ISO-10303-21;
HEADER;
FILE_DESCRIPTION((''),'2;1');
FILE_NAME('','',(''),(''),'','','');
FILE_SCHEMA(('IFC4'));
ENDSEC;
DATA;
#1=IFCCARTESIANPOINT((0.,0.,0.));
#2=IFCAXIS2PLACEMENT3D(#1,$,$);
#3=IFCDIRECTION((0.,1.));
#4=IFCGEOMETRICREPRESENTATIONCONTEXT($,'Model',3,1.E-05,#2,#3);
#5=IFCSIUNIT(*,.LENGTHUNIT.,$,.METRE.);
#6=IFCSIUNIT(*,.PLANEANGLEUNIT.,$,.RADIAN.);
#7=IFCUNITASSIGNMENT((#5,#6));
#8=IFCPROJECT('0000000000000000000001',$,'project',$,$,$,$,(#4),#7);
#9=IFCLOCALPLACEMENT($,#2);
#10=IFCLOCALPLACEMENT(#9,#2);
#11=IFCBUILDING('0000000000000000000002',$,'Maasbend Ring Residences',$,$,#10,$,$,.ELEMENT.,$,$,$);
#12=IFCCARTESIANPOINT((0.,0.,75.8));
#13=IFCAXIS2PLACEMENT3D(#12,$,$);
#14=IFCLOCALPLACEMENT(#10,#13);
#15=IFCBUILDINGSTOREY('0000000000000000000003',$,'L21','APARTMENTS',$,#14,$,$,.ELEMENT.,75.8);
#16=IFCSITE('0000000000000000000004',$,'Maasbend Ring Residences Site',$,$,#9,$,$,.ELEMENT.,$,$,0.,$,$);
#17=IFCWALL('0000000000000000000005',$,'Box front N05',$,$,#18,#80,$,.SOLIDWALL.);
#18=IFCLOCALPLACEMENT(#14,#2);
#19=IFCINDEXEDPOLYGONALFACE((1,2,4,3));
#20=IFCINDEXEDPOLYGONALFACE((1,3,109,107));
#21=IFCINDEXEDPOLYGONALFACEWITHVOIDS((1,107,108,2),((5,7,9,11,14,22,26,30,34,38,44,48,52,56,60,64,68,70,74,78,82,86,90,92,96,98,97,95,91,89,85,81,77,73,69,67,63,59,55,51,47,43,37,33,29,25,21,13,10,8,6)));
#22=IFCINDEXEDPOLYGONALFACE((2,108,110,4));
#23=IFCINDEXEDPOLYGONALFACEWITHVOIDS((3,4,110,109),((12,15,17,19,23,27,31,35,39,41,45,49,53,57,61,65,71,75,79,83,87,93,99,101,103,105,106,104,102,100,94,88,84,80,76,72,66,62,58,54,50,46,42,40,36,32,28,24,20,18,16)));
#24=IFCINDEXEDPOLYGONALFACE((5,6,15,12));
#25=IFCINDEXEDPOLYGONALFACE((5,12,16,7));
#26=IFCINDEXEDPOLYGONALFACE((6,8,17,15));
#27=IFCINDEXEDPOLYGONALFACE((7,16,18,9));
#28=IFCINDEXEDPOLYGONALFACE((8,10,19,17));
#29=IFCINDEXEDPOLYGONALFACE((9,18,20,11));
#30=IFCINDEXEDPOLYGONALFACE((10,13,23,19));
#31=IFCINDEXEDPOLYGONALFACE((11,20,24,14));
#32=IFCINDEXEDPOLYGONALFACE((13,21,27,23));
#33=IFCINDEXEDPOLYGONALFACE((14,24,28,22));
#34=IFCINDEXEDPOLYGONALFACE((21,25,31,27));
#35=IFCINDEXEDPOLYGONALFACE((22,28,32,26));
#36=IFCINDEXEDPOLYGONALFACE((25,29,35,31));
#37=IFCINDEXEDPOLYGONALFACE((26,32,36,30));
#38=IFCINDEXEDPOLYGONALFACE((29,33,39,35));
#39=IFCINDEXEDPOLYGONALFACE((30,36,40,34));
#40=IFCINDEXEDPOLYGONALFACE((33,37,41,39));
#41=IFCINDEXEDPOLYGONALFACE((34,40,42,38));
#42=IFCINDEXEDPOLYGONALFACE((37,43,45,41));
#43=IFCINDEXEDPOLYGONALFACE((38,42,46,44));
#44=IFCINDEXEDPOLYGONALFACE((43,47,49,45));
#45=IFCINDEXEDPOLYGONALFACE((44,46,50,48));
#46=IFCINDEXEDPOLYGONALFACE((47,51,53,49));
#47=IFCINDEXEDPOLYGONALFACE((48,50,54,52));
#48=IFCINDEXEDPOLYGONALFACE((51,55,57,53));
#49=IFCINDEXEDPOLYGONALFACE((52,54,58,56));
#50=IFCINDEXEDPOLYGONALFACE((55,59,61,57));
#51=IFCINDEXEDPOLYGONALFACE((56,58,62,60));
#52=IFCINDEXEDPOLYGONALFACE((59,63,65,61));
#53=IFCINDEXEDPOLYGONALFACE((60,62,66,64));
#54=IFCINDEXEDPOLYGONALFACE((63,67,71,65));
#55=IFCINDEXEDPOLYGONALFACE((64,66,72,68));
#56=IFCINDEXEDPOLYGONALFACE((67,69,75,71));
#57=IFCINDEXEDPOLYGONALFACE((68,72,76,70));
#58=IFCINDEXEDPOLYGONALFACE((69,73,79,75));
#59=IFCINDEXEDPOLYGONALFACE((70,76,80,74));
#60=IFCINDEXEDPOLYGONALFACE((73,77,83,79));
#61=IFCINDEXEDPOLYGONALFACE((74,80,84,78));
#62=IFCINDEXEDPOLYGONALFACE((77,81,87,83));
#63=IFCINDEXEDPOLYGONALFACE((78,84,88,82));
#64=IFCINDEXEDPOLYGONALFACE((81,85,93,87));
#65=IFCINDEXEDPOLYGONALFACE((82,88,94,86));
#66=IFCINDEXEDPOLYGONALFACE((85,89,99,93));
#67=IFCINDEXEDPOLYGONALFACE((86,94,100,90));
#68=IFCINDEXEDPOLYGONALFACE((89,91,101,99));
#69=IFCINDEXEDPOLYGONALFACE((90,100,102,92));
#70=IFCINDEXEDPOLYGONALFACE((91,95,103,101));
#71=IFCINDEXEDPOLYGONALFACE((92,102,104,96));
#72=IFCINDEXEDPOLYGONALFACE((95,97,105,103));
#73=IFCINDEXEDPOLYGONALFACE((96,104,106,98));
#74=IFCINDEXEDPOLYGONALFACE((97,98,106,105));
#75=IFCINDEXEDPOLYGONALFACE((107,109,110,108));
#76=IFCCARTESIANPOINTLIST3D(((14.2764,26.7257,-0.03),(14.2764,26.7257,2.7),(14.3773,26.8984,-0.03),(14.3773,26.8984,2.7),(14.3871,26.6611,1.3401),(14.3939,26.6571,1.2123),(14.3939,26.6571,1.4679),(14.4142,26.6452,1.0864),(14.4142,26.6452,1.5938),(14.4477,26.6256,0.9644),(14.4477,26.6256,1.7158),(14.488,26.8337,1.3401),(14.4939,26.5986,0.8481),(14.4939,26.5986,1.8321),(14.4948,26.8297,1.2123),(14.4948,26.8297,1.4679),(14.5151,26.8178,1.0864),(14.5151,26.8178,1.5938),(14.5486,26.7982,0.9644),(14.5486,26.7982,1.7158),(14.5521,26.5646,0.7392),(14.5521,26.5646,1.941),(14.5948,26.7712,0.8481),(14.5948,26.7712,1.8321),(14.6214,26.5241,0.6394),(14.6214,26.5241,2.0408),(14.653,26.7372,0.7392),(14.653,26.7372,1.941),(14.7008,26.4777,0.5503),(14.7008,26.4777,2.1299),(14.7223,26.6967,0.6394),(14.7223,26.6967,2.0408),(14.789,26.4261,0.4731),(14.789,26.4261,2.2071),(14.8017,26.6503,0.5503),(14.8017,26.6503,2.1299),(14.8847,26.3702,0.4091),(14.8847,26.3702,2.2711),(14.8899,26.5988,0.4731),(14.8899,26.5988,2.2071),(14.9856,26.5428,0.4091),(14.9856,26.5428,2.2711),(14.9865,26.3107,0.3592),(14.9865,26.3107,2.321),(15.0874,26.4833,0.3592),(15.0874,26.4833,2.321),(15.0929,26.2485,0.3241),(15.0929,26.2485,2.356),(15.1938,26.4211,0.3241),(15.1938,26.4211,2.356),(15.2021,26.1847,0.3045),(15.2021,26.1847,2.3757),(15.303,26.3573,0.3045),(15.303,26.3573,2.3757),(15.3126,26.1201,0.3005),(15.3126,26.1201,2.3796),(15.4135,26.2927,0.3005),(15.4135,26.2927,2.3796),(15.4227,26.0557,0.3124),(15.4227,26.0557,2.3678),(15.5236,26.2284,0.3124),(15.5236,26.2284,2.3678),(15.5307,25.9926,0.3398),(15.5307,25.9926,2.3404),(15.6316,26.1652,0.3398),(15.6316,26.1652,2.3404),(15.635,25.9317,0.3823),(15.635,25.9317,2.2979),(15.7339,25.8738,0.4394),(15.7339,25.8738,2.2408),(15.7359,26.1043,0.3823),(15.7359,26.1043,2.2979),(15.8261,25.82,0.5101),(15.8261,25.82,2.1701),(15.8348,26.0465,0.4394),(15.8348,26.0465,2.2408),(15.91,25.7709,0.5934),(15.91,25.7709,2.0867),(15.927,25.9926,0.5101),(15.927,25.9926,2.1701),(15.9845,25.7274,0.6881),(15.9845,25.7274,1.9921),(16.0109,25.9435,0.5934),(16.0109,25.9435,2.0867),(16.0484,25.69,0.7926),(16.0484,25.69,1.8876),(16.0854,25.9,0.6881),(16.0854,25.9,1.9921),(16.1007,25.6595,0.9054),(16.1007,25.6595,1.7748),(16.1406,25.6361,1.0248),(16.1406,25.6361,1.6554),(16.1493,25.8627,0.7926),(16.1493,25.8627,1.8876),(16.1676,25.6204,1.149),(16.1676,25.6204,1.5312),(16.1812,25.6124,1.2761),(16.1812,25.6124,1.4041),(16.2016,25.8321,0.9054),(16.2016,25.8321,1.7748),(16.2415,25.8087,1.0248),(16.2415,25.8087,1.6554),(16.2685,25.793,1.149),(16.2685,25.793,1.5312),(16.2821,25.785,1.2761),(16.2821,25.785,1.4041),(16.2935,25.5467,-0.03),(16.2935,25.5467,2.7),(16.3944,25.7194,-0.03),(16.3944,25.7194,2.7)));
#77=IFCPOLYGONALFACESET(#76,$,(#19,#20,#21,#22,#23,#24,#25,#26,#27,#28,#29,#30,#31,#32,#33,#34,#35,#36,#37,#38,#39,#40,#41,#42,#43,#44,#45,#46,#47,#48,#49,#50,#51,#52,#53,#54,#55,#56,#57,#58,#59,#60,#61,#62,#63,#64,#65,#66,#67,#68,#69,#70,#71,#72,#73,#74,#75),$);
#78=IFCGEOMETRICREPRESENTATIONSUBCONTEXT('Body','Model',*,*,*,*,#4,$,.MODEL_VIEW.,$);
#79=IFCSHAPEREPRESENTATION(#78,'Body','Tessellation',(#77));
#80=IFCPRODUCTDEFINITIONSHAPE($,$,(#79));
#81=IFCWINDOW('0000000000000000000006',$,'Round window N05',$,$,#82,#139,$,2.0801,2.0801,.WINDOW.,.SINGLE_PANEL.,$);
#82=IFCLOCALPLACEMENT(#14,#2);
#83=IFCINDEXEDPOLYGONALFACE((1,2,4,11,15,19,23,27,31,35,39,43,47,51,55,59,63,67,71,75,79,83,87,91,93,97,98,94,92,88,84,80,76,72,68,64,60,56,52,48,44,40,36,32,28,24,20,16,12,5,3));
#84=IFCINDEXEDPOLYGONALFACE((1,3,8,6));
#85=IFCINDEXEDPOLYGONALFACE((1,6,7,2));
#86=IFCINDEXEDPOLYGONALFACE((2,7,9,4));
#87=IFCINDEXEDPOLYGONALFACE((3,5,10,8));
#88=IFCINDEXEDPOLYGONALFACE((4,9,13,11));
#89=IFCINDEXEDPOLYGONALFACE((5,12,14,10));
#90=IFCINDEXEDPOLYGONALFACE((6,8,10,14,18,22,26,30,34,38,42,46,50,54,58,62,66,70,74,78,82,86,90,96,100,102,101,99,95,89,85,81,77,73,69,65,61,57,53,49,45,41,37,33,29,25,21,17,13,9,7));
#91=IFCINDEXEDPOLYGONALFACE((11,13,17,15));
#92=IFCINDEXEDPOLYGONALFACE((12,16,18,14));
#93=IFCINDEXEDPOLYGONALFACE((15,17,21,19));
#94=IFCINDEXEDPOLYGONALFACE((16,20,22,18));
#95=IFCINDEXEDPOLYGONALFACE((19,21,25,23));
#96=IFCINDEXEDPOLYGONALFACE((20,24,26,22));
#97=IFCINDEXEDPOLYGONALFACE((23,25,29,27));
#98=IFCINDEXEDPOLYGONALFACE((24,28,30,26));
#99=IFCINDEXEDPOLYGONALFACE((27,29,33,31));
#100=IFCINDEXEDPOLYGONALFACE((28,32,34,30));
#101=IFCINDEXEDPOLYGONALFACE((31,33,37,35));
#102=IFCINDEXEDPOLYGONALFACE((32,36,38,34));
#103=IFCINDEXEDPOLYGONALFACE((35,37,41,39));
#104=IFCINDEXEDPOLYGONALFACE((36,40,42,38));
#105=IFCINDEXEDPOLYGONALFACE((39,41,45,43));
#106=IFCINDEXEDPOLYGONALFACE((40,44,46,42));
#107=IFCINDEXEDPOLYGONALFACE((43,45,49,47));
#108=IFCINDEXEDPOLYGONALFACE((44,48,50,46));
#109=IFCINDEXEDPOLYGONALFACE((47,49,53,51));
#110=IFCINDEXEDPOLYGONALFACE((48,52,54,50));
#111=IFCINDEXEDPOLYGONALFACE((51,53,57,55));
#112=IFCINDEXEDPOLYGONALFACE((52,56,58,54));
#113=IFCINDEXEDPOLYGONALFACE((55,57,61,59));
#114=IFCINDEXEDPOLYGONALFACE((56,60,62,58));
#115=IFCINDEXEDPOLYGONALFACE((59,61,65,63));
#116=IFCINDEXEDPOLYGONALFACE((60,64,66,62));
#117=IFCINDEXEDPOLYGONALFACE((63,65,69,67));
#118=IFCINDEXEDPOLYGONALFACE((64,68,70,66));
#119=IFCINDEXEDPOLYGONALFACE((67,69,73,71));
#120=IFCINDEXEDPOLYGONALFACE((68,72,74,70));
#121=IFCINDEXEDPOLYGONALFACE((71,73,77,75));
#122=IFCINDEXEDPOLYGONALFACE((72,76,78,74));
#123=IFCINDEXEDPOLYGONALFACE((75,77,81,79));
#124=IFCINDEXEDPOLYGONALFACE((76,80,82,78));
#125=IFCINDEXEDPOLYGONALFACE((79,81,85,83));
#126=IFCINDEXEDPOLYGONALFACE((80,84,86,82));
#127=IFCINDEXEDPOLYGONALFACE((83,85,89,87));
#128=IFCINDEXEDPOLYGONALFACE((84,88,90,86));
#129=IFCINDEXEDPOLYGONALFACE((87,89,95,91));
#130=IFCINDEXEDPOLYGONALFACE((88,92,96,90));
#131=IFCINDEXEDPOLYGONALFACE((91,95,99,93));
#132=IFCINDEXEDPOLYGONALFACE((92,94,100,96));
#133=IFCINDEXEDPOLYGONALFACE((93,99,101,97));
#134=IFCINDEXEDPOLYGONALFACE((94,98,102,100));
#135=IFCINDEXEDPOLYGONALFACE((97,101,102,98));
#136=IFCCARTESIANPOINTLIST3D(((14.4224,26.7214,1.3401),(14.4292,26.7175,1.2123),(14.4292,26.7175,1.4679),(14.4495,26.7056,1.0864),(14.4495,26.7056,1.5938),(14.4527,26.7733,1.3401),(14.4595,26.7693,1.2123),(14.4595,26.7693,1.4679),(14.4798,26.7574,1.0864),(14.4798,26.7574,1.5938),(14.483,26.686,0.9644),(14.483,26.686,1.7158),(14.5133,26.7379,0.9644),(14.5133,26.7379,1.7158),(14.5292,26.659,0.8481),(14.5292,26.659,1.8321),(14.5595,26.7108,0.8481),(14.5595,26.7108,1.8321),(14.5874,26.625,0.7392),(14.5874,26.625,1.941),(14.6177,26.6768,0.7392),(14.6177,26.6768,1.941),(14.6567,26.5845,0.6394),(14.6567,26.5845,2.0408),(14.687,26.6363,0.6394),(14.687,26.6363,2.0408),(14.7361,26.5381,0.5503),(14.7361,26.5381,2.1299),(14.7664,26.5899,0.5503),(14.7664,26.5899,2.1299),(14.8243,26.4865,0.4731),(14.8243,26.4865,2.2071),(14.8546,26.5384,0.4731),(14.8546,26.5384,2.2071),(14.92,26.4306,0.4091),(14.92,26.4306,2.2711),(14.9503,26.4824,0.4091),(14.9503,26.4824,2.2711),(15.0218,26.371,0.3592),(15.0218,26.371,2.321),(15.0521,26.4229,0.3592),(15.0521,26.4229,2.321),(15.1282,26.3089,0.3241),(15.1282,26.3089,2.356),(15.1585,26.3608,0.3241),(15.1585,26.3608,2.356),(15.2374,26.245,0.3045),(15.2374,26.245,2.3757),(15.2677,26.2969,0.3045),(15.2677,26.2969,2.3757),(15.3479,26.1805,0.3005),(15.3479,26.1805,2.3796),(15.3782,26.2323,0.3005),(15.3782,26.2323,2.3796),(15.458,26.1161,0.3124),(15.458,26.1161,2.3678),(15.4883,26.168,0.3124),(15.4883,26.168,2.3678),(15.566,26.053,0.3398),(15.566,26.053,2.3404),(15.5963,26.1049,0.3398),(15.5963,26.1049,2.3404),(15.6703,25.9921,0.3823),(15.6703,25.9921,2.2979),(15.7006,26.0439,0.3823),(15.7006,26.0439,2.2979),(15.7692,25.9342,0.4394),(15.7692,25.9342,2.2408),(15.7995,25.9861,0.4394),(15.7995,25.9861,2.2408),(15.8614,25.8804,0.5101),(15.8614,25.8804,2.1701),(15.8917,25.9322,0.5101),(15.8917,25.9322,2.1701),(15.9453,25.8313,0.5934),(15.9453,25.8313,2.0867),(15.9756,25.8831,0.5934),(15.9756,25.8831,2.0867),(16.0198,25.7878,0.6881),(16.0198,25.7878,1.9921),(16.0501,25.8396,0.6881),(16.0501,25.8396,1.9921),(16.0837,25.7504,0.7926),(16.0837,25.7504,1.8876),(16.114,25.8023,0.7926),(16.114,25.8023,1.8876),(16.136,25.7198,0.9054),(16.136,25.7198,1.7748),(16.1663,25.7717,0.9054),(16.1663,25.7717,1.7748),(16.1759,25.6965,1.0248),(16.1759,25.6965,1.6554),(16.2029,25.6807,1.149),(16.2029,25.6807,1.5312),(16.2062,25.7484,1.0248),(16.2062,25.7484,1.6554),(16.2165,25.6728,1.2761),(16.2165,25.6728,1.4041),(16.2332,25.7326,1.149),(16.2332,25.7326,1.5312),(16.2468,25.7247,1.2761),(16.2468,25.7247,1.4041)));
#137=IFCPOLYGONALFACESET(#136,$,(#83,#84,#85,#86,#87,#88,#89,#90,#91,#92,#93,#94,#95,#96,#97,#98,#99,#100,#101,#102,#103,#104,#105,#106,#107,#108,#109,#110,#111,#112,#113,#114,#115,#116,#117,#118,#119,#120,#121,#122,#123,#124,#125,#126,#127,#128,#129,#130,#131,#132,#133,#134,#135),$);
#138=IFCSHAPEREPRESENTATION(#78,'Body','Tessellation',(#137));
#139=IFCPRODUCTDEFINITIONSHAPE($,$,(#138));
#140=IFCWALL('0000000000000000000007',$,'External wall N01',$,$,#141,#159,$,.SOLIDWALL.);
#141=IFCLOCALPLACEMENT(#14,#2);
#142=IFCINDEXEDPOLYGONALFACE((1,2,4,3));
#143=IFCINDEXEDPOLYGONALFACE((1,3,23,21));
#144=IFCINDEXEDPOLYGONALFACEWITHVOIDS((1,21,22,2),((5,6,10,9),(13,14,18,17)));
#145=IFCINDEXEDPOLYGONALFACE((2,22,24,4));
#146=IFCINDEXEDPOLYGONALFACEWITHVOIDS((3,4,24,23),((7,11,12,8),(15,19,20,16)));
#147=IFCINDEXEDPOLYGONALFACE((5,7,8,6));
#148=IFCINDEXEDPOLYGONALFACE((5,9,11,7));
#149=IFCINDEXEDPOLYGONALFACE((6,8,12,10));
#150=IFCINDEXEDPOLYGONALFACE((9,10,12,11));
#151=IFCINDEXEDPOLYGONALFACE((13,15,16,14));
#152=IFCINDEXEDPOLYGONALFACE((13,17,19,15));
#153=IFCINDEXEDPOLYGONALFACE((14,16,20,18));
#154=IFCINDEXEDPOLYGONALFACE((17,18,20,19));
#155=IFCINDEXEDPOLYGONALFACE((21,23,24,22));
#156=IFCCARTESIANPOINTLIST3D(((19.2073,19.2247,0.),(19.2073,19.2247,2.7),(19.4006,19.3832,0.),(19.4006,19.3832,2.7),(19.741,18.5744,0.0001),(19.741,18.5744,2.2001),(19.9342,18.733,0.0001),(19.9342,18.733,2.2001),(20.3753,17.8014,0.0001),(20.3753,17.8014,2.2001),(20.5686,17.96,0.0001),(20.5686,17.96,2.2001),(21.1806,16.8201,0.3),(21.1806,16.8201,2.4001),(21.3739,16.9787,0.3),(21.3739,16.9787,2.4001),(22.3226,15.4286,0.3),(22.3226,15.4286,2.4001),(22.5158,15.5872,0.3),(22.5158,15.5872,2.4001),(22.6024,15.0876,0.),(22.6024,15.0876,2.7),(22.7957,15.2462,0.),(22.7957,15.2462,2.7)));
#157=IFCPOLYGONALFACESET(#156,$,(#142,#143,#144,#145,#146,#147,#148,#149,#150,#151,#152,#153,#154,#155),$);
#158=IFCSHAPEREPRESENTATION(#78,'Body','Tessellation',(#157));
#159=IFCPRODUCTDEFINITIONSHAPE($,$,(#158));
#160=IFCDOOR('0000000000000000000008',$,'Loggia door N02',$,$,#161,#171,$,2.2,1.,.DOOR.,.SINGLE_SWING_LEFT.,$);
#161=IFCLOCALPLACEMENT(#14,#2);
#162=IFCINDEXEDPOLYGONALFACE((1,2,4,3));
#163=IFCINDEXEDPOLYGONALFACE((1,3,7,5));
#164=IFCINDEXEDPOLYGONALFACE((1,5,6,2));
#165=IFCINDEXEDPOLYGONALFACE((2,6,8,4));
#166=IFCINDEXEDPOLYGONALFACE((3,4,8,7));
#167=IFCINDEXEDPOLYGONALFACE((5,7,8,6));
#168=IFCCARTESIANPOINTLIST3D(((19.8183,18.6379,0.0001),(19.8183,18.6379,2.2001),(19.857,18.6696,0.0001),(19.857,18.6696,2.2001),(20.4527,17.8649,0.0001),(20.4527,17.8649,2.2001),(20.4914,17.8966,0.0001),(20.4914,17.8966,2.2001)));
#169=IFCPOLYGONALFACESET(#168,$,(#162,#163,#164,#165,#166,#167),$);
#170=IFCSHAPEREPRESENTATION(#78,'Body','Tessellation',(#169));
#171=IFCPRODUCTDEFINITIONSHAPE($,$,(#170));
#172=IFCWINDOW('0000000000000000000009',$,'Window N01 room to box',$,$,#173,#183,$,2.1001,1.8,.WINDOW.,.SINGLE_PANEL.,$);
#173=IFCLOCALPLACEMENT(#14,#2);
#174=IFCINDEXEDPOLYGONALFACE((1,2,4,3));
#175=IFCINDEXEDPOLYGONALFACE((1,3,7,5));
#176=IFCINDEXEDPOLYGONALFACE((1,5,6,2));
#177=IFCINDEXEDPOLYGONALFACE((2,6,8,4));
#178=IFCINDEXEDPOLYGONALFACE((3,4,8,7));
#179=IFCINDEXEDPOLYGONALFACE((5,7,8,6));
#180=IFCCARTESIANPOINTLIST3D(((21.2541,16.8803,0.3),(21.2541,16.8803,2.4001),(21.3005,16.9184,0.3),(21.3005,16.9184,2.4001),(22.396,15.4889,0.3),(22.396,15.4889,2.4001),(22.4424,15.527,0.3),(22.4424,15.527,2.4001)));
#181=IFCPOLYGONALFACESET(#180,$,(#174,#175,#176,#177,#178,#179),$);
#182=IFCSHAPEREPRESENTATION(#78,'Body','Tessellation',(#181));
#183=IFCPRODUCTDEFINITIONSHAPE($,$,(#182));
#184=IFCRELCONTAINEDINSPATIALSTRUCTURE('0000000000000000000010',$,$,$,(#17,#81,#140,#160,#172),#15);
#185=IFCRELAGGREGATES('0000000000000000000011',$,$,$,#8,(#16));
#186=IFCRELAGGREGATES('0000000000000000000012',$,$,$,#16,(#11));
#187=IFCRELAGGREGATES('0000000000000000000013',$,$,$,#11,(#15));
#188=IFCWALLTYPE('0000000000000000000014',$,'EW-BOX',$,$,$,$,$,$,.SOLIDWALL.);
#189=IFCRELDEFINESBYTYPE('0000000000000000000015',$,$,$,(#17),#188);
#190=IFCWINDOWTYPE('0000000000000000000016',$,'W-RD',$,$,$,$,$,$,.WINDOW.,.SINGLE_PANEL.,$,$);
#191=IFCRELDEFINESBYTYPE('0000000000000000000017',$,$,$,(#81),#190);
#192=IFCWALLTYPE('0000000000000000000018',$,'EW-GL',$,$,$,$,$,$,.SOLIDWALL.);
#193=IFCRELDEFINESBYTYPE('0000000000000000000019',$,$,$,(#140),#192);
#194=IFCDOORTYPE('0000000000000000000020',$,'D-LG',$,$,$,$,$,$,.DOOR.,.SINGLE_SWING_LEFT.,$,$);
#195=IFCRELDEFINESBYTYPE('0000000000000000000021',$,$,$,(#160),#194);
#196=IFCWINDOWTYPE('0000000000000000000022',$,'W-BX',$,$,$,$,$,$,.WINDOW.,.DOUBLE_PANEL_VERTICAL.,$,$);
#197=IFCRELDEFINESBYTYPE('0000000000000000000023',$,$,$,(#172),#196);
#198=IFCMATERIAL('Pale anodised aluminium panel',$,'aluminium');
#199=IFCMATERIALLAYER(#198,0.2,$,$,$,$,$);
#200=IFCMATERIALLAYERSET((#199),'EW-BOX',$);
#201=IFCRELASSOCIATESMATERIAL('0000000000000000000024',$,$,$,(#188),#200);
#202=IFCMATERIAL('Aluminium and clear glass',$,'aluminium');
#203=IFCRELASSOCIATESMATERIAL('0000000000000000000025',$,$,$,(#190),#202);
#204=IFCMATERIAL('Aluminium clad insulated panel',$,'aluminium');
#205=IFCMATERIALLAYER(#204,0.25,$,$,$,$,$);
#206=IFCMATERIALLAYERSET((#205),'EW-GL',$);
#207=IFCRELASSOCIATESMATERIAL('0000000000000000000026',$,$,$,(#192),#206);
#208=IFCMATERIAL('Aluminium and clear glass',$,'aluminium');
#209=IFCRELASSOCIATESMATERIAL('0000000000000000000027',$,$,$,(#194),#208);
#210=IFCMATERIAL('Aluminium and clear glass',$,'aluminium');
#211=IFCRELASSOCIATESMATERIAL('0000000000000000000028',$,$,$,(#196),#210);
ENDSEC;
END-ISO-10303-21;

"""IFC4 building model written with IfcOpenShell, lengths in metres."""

from ifc_helpers import new_model, si_unit, direction, frame, frame_2d, origin, place, context, subcontext, project, spatial, rectangle, circle, extrude, material, layer, layer_set, type_object, element, fill, save


model = new_model("IFC4")

# Units and contexts
model_context = context("Model", 3, precision=1e-05, world=origin(), true_north=direction((0.0, 1.0)))
body_context = subcontext(model_context, "Body", "Model", "MODEL_VIEW")
ifc_project = project(units=[si_unit("LENGTHUNIT", "METRE"), si_unit("PLANEANGLEUNIT", "RADIAN")], contexts=[model_context])

# Site, building, storey
site_placement = place(None, origin())
site = spatial("IfcSite", under=ifc_project, at=site_placement, Name="Maasbend Ring Residences Site", CompositionType="ELEMENT", RefElevation=0.0)
building_placement = place(site_placement, origin())
building = spatial("IfcBuilding", under=site, at=building_placement, Name="Maasbend Ring Residences", CompositionType="ELEMENT")
storey_placement = place(building_placement, frame((0.0, 0.0, 75.8)))
storey = spatial("IfcBuildingStorey", under=building, at=storey_placement, Name="L21", Description="APARTMENTS", CompositionType="ELEMENT", Elevation=75.8)

# Shared definitions
ifc_material_1 = material(Name="Pale anodised aluminium panel", Category="aluminium")
ifc_layer_1 = layer(ifc_material_1, 0.2)
ifc_layer_set_1 = layer_set([ifc_layer_1], Name="EW-BOX")
wall_type_1 = type_object("IfcWallType", Name="EW-BOX", PredefinedType="SOLIDWALL", material=ifc_layer_set_1)
ifc_material_2 = material(Name="Aluminium and clear glass", Category="aluminium")
window_type_1 = type_object("IfcWindowType", Name="W-RD", PartitioningType="SINGLE_PANEL", PredefinedType="WINDOW", material=ifc_material_2)

# Wall, opening, window
wall_1_placement = place(storey_placement, frame((16.344, 25.6331, -0.03), z_axis=(0.0, 0.0, 1.0), x_axis=(-0.863347, 0.504612, 0.0)))
wall_1 = element("IfcWall", 1, at=wall_1_placement, inside=storey, type_object=wall_type_1, Name="Box front N05", PredefinedType="SOLIDWALL", context=body_context, shape_type="SweptSolid", body=[
    extrude(rectangle(XDim=2.3364, YDim=0.2, at=frame_2d((1.1682, 0.0))), origin(), (0.0, 0.0, 1.0), 2.73),
])
opening_1_placement = place(wall_1_placement, frame((0.1282, 0.0, 0.3301)))
opening_1 = element("IfcOpeningElement", 2, at=opening_1_placement, cuts=wall_1, PredefinedType="OPENING", context=body_context, shape_type="SweptSolid", body=[
    extrude(circle(Radius=1.04, at=frame_2d((1.04, 1.04))), frame((0.0, 0.1099, 0.0), z_axis=(0.0, -1.0, 0.0), x_axis=(1.0, 0.0, 0.0)), (0.0, 0.0, 1.0), 0.22),
])
window_1_placement = place(opening_1_placement, origin())
window_1 = element("IfcWindow", 3, at=window_1_placement, inside=storey, type_object=window_type_1, Name="Round window N05", OverallHeight=2.0801, OverallWidth=2.0801, PartitioningType="SINGLE_PANEL", PredefinedType="WINDOW", context=body_context, shape_type="SweptSolid", body=[
    extrude(circle(Radius=1.04, at=frame_2d((1.04, 1.04))), frame((0.0, 0.03, 0.0), z_axis=(0.0, -1.0, 0.0), x_axis=(1.0, 0.0, 0.0)), (0.0, 0.0, 1.0), 0.0601),
])
fill(opening_1, window_1)

# Wall, openings, door, window
ifc_material_3 = material(Name="Aluminium clad insulated panel", Category="aluminium")
ifc_layer_2 = layer(ifc_material_3, 0.25)
ifc_layer_set_2 = layer_set([ifc_layer_2], Name="EW-GL")
wall_type_2 = type_object("IfcWallType", Name="EW-GL", PredefinedType="SOLIDWALL", material=ifc_layer_set_2)
wall_2_placement = place(storey_placement, frame((22.699, 15.167, 0.0), z_axis=(0.0, 0.0, 1.0), x_axis=(-0.634382, 0.773019, 0.0)))
wall_2 = element("IfcWall", 4, at=wall_2_placement, inside=storey, type_object=wall_type_2, Name="External wall N01", PredefinedType="SOLIDWALL", context=body_context, shape_type="SweptSolid", body=[
    extrude(rectangle(XDim=5.3518, YDim=0.25, at=frame_2d((2.6758, 0.0))), origin(), (0.0, 0.0, 1.0), 2.7),
])
opening_2_placement = place(wall_2_placement, frame((0.4412, 0.0, 0.3)))
opening_2 = element("IfcOpeningElement", 5, at=opening_2_placement, cuts=wall_2, PredefinedType="OPENING", context=body_context, shape_type="SweptSolid", body=[
    extrude(rectangle(XDim=1.8, YDim=2.1001, at=frame_2d((0.8999, 1.05))), frame((0.0, 0.135, 0.0), z_axis=(0.0, -1.0, 0.0), x_axis=(1.0, 0.0, 0.0)), (0.0, 0.0, 1.0), 0.27),
])
opening_3_placement = place(wall_2_placement, frame((3.5105, 0.0, 0.0)))
opening_3 = element("IfcOpeningElement", 6, at=opening_3_placement, cuts=wall_2, PredefinedType="OPENING", context=body_context, shape_type="SweptSolid", body=[
    extrude(rectangle(XDim=1.0, YDim=2.2, at=frame_2d((0.5, 1.1001))), frame((0.0, 0.135, 0.0), z_axis=(0.0, -1.0, 0.0), x_axis=(1.0, 0.0, 0.0)), (0.0, 0.0, 1.0), 0.27),
])
ifc_material_4 = material(Name="Aluminium and clear glass", Category="aluminium")
door_type_1 = type_object("IfcDoorType", Name="D-LG", OperationType="SINGLE_SWING_LEFT", PredefinedType="DOOR", material=ifc_material_4)
door_1_placement = place(opening_3_placement, origin())
door_1 = element("IfcDoor", 7, at=door_1_placement, inside=storey, type_object=door_type_1, Name="Loggia door N02", OperationType="SINGLE_SWING_LEFT", OverallHeight=2.2, OverallWidth=1.0, PredefinedType="DOOR", context=body_context, shape_type="SweptSolid", body=[
    extrude(rectangle(XDim=1.0, YDim=2.2, at=frame_2d((0.5, 1.1001))), frame((0.0, 0.0249, 0.0), z_axis=(0.0, -1.0, 0.0), x_axis=(1.0, 0.0, 0.0)), (0.0, 0.0, 1.0), 0.05),
])
fill(opening_3, door_1)
ifc_material_5 = material(Name="Aluminium and clear glass", Category="aluminium")
window_type_2 = type_object("IfcWindowType", Name="W-BX", PartitioningType="DOUBLE_PANEL_VERTICAL", PredefinedType="WINDOW", material=ifc_material_5)
window_2_placement = place(opening_2_placement, origin())
window_2 = element("IfcWindow", 8, at=window_2_placement, inside=storey, type_object=window_type_2, Name="Window N01 room to box", OverallHeight=2.1001, OverallWidth=1.8, PartitioningType="SINGLE_PANEL", PredefinedType="WINDOW", context=body_context, shape_type="SweptSolid", body=[
    extrude(rectangle(XDim=1.8, YDim=2.1001, at=frame_2d((0.8999, 1.05))), frame((0.0, 0.03, 0.0), z_axis=(0.0, -1.0, 0.0), x_axis=(1.0, 0.0, 0.0)), (0.0, 0.0, 1.0), 0.0601),
])
fill(opening_2, window_2)

save(model, "model.ifc")
